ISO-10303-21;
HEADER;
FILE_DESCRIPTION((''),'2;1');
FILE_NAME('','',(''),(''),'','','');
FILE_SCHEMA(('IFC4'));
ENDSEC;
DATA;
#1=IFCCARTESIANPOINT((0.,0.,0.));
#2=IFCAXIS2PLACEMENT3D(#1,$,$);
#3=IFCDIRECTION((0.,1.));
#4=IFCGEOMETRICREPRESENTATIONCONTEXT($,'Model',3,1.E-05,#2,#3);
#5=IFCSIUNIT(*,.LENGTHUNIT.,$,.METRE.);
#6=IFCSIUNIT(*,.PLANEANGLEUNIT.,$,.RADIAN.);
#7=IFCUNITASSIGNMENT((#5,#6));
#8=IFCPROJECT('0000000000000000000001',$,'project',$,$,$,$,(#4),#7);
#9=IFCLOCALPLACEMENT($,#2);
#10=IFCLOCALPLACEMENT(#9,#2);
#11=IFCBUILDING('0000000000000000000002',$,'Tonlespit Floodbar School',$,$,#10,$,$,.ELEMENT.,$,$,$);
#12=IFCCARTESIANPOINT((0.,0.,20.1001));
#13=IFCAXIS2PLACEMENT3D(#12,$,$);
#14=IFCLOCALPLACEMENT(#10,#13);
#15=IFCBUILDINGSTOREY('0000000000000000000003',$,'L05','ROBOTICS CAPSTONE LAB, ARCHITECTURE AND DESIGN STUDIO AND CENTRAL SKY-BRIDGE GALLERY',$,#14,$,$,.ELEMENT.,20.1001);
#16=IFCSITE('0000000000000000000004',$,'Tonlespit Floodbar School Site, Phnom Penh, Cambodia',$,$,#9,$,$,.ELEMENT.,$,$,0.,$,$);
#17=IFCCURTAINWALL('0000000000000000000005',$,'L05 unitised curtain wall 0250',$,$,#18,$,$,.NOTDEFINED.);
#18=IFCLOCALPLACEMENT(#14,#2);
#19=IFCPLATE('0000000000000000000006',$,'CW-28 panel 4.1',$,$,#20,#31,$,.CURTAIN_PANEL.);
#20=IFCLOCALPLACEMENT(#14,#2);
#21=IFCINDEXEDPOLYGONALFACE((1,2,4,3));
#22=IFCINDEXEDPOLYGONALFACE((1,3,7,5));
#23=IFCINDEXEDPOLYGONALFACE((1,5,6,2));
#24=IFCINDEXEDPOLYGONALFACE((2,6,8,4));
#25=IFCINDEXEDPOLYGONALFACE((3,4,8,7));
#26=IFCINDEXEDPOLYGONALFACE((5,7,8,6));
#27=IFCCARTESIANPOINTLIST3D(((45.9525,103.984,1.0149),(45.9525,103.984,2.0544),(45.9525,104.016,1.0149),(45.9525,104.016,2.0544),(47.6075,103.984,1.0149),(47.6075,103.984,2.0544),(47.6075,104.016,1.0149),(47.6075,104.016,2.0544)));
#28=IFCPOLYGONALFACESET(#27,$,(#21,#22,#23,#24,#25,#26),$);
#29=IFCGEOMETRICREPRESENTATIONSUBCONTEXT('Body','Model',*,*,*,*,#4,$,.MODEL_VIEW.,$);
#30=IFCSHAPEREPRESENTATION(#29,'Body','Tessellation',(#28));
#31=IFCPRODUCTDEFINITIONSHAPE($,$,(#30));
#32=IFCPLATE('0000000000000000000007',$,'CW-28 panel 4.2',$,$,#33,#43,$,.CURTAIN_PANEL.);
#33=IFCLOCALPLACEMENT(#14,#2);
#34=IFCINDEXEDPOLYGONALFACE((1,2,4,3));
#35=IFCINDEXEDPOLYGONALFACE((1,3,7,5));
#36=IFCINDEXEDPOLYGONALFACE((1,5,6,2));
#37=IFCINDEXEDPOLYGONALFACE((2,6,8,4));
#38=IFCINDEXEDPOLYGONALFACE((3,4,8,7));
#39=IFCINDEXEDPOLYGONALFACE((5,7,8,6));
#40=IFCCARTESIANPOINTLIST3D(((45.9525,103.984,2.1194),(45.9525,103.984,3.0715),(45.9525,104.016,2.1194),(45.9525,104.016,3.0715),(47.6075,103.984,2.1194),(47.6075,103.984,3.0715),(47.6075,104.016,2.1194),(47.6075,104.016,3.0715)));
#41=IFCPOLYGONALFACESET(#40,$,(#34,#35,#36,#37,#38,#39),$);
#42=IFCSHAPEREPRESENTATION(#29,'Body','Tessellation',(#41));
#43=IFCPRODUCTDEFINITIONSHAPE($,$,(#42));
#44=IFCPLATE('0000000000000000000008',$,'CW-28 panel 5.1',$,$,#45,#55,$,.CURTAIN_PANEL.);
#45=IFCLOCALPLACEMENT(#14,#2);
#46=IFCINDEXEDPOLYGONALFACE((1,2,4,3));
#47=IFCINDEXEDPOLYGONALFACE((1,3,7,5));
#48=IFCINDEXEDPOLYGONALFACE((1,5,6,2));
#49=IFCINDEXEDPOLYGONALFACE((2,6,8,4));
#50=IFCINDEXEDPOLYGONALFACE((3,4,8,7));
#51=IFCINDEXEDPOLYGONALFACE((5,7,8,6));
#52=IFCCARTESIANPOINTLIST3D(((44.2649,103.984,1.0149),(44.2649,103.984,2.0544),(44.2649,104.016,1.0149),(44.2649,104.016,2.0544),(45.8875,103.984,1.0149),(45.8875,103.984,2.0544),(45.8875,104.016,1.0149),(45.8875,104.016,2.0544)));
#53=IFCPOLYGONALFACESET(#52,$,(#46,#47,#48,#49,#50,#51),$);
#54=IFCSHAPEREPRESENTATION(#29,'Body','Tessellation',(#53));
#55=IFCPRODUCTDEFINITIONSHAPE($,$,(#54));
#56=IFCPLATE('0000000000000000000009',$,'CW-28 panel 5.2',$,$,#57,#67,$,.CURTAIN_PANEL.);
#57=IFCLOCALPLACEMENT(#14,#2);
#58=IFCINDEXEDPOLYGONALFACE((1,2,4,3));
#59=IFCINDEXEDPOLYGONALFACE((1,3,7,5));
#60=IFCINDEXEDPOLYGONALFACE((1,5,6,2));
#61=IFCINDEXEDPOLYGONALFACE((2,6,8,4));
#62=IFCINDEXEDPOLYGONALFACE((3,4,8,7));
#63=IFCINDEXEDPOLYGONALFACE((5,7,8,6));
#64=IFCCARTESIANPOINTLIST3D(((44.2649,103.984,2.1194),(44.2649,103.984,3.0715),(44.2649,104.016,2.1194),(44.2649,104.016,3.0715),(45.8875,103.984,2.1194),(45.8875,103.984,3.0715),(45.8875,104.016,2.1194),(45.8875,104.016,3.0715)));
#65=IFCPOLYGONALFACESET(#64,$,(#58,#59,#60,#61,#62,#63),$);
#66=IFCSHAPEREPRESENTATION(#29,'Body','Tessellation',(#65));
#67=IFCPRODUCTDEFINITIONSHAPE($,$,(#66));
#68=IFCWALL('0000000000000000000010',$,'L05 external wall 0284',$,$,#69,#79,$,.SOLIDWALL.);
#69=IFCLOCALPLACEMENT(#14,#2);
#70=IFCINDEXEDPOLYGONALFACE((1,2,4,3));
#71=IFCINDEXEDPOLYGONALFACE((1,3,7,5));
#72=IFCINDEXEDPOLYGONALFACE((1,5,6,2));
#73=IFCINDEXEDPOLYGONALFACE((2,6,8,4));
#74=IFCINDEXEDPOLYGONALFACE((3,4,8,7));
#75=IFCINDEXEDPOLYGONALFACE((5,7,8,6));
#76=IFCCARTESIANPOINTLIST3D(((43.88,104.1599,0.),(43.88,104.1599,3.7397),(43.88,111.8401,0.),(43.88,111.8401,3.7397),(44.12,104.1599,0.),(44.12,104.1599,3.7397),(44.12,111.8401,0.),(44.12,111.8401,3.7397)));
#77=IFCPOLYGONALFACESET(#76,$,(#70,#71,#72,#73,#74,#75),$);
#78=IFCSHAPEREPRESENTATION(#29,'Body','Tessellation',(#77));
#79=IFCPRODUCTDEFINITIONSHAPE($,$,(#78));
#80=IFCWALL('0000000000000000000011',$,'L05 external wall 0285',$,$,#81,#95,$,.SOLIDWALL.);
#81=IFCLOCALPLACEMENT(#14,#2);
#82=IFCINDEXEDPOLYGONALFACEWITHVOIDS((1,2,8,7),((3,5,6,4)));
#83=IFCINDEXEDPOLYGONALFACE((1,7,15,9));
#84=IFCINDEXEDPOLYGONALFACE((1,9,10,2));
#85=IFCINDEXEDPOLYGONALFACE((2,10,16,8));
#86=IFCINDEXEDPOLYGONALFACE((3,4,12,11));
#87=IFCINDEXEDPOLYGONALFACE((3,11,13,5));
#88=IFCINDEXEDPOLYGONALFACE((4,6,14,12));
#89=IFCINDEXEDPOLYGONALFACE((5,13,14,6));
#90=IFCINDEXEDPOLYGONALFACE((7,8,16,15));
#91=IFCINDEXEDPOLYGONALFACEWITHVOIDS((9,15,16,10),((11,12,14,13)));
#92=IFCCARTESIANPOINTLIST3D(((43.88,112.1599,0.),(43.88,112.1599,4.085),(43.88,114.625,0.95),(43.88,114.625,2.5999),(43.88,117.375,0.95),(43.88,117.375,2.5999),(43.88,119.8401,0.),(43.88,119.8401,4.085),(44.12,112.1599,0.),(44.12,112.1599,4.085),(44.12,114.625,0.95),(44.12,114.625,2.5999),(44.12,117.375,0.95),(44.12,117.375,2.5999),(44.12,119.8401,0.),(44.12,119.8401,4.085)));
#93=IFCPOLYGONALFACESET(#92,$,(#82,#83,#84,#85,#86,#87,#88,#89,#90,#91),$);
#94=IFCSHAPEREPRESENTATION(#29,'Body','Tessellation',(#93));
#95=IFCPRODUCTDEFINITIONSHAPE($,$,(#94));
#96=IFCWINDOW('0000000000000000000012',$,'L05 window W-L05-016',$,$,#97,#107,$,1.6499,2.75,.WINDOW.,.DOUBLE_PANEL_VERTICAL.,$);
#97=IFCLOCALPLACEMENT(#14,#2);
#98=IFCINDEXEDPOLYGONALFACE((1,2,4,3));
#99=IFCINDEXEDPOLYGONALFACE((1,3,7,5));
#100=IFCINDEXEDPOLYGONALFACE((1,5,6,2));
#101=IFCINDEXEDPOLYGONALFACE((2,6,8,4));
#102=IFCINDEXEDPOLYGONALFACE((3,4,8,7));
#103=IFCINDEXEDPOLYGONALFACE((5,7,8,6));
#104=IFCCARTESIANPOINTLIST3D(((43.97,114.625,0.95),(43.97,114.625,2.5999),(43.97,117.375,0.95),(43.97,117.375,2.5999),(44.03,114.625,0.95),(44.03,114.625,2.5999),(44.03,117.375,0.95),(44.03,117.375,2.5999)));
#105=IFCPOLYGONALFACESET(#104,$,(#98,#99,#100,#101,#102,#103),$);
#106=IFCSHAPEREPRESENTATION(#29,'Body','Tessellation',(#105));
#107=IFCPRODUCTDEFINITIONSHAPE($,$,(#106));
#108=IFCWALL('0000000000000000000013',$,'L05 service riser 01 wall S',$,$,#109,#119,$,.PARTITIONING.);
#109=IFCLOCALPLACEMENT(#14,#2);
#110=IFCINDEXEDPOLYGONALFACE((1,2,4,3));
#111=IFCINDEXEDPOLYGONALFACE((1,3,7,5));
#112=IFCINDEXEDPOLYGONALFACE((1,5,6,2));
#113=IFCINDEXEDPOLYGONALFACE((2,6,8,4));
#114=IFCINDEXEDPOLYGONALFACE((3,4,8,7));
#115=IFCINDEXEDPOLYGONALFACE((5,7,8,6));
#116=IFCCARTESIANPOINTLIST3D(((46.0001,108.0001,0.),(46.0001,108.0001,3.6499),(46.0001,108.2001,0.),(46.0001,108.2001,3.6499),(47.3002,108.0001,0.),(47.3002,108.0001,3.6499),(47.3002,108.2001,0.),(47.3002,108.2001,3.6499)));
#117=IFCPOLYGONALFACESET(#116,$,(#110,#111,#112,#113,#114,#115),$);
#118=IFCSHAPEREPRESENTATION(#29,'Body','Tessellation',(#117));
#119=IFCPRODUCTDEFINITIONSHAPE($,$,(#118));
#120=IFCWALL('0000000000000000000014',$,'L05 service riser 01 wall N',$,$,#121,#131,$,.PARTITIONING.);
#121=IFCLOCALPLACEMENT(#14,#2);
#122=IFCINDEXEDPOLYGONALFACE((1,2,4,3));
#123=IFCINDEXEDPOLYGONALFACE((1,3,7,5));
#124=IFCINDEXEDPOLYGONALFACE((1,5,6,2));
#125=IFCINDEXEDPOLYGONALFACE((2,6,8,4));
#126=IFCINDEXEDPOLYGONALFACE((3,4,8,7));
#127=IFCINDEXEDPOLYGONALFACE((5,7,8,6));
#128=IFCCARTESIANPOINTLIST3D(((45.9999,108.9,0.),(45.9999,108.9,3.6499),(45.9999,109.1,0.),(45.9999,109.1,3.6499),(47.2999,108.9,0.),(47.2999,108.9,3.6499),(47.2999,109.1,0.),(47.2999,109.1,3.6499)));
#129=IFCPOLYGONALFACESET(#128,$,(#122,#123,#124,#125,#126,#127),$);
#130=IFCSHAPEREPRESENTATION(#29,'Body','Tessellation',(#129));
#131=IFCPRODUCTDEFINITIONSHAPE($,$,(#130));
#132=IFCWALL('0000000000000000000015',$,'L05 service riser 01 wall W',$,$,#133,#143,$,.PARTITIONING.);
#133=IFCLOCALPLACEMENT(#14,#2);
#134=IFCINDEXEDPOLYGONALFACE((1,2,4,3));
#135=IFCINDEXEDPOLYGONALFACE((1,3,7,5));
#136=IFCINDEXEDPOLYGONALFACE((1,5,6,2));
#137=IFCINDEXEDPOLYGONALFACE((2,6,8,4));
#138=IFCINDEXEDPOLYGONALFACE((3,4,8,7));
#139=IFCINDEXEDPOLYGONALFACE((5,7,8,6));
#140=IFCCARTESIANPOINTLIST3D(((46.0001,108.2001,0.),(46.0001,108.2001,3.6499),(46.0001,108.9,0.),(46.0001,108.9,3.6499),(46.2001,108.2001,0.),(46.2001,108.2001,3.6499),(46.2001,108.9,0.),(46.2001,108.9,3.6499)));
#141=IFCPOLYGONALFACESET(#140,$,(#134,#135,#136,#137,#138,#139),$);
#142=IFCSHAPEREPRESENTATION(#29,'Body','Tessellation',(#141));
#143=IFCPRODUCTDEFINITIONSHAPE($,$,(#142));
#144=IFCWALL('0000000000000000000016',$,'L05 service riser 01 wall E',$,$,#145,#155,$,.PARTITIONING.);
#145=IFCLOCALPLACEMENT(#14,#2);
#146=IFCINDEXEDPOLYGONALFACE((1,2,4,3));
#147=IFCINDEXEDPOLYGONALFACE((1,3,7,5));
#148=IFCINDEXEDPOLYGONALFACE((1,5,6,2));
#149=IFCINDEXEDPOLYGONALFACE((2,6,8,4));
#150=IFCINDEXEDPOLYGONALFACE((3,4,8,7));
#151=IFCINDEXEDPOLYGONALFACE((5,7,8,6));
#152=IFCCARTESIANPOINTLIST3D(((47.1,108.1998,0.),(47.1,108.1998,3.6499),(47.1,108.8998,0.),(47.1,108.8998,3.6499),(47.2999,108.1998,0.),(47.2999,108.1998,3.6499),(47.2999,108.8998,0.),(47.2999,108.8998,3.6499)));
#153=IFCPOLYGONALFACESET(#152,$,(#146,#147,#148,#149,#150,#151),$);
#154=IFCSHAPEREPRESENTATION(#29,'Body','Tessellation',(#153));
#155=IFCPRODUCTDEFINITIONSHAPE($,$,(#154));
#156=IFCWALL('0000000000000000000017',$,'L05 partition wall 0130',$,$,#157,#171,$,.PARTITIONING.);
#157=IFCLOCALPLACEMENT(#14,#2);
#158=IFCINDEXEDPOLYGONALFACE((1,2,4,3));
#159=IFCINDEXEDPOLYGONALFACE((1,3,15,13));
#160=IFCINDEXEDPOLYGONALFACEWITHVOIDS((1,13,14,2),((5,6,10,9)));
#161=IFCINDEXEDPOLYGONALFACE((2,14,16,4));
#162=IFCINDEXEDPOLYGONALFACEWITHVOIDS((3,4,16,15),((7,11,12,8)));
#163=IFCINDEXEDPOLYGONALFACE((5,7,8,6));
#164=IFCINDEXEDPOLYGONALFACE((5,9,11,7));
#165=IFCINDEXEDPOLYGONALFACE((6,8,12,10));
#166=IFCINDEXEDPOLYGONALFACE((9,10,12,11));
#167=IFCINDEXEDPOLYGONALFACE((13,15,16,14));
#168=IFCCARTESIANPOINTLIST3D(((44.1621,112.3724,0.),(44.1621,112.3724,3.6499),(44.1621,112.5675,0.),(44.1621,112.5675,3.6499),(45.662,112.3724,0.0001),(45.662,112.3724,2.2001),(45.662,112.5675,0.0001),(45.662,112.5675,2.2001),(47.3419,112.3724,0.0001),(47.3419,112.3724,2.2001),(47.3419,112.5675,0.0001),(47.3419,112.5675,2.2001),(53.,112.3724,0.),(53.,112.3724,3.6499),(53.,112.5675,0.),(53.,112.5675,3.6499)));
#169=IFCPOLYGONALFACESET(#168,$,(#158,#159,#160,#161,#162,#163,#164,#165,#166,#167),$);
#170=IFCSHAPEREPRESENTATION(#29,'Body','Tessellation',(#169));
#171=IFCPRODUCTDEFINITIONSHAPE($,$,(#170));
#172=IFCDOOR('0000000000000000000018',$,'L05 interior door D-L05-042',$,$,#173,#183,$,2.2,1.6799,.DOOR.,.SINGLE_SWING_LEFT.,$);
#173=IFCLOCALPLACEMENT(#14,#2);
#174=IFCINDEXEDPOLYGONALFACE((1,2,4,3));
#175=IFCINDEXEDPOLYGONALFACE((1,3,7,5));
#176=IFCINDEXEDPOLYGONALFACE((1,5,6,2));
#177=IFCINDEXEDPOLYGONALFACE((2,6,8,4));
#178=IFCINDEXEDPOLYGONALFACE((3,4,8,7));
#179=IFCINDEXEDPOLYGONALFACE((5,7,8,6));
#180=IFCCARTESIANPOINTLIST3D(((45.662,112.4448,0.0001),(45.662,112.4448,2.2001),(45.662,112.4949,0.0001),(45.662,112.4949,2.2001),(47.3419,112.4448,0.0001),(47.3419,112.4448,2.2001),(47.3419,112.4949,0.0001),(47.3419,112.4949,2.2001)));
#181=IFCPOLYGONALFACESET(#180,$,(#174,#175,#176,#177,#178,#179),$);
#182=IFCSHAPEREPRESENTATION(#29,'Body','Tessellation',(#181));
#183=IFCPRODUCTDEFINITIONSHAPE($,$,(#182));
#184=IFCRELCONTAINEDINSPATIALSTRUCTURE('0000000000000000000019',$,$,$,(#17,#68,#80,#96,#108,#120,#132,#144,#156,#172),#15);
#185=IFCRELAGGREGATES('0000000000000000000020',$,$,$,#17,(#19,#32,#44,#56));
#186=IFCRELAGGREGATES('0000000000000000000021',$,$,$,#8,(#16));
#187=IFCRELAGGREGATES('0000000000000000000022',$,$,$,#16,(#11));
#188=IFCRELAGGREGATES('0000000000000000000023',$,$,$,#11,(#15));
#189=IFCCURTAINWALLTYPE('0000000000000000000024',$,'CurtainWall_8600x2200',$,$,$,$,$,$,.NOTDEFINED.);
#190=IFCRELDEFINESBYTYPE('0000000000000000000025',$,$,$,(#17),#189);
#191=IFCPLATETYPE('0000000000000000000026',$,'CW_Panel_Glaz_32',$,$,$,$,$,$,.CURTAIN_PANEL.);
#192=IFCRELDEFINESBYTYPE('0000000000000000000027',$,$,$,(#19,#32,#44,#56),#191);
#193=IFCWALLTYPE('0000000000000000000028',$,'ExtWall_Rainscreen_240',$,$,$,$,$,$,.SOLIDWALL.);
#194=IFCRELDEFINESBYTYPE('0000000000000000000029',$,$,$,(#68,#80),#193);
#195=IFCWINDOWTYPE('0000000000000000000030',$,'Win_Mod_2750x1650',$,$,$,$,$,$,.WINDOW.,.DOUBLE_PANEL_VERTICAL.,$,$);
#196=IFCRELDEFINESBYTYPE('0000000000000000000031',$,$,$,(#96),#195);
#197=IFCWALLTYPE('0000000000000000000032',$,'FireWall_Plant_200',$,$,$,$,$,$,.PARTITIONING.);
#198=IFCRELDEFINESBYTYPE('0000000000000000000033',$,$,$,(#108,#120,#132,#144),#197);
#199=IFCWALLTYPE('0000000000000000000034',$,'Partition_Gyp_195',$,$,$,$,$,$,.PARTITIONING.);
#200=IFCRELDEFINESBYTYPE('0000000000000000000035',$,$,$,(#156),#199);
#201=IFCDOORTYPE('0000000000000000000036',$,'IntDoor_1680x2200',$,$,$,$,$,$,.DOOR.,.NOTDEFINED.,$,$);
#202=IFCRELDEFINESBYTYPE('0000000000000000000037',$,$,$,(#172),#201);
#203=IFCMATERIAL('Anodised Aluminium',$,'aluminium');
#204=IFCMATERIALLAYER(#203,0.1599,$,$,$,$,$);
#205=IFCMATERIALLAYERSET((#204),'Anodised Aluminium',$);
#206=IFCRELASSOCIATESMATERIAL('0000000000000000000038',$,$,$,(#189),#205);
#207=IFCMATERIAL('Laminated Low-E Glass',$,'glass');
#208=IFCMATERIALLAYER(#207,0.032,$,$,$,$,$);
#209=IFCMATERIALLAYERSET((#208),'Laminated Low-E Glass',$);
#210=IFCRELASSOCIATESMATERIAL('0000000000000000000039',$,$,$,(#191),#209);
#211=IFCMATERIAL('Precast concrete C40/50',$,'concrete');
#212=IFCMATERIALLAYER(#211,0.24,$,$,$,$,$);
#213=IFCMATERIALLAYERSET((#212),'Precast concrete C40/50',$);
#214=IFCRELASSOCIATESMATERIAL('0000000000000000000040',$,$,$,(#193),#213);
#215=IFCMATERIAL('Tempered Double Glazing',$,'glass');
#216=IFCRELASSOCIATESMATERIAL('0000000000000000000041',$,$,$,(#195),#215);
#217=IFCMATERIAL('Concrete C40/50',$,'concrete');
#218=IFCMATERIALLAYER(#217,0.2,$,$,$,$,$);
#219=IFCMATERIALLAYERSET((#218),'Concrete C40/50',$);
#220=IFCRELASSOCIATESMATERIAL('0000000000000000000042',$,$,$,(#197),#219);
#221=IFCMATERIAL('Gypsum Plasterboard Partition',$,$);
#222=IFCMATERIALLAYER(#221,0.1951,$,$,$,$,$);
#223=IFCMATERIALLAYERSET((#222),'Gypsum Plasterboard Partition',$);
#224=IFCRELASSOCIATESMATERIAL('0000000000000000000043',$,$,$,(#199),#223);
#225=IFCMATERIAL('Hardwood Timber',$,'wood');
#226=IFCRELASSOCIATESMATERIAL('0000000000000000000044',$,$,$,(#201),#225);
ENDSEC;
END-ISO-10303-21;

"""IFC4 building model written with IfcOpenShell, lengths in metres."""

from ifc_helpers import new_model, si_unit, direction, frame, frame_2d, origin, origin_2d, place, context, subcontext, project, spatial, rectangle, extrude, material, layer, layer_set, type_object, element, fill, aggregate, save


model = new_model("IFC4")

# Units and contexts
model_context = context("Model", 3, precision=1e-05, world=origin(), true_north=direction((0.0, 1.0)))
body_context = subcontext(model_context, "Body", "Model", "MODEL_VIEW")
ifc_project = project(units=[si_unit("LENGTHUNIT", "METRE"), si_unit("PLANEANGLEUNIT", "RADIAN")], contexts=[model_context])

# Site, building, storey
site_placement = place(None, origin())
site = spatial("IfcSite", under=ifc_project, at=site_placement, Name="Tonlespit Floodbar School Site, Phnom Penh, Cambodia", CompositionType="ELEMENT", RefElevation=0.0)
building_placement = place(site_placement, origin())
building = spatial("IfcBuilding", under=site, at=building_placement, Name="Tonlespit Floodbar School", CompositionType="ELEMENT")
storey_placement = place(building_placement, frame((0.0, 0.0, 20.1001)))
storey = spatial("IfcBuildingStorey", under=building, at=storey_placement, Name="L05", Description="ROBOTICS CAPSTONE LAB, ARCHITECTURE AND DESIGN STUDIO AND CENTRAL SKY-BRIDGE GALLERY", CompositionType="ELEMENT", Elevation=20.1001)

# Curtain wall
ifc_material_1 = material(Name="Anodised Aluminium", Category="aluminium")
ifc_layer_1 = layer(ifc_material_1, 0.1599)
ifc_layer_set_1 = layer_set([ifc_layer_1], Name="Anodised Aluminium")
curtain_wall_type = type_object("IfcCurtainWallType", Name="CurtainWall_8600x2200", PredefinedType="NOTDEFINED", material=ifc_layer_set_1)
curtain_wall_placement = place(storey_placement, origin())
curtain_wall = element("IfcCurtainWall", 1, at=curtain_wall_placement, inside=storey, type_object=curtain_wall_type, Name="L05 unitised curtain wall 0250", PredefinedType="NOTDEFINED")

# Plates
ifc_material_2 = material(Name="Laminated Low-E Glass", Category="glass")
ifc_layer_2 = layer(ifc_material_2, 0.032)
ifc_layer_set_2 = layer_set([ifc_layer_2], Name="Laminated Low-E Glass")
plate_type = type_object("IfcPlateType", Name="CW_Panel_Glaz_32", PredefinedType="CURTAIN_PANEL", material=ifc_layer_set_2)
plate_1_placement = place(storey_placement, frame((46.78, 104.0, 1.0149), z_axis=(0.0, 0.0, 1.0), x_axis=(-1.0, 0.0, 0.0)))
plate_1 = element("IfcPlate", 2, at=plate_1_placement, type_object=plate_type, Name="CW-28 panel 4.1", PredefinedType="CURTAIN_PANEL", context=body_context, shape_type="SweptSolid", body=[
    extrude(rectangle(XDim=1.655, YDim=0.032, at=origin_2d()), origin(), (0.0, 0.0, 1.0), 1.0396),
])
plate_2_placement = place(storey_placement, frame((46.78, 104.0, 2.1194), z_axis=(0.0, 0.0, 1.0), x_axis=(-1.0, 0.0, 0.0)))
plate_2 = element("IfcPlate", 3, at=plate_2_placement, type_object=plate_type, Name="CW-28 panel 4.2", PredefinedType="CURTAIN_PANEL", context=body_context, shape_type="SweptSolid", body=[
    extrude(rectangle(XDim=1.655, YDim=0.032, at=origin_2d()), origin(), (0.0, 0.0, 1.0), 0.9521),
])
plate_3_placement = place(storey_placement, frame((45.0762, 104.0, 1.0149), z_axis=(0.0, 0.0, 1.0), x_axis=(-1.0, 0.0, 0.0)))
plate_3 = element("IfcPlate", 4, at=plate_3_placement, type_object=plate_type, Name="CW-28 panel 5.1", PredefinedType="CURTAIN_PANEL", context=body_context, shape_type="SweptSolid", body=[
    extrude(rectangle(XDim=1.6226, YDim=0.032, at=origin_2d()), origin(), (0.0, 0.0, 1.0), 1.0396),
])
plate_4_placement = place(storey_placement, frame((45.0762, 104.0, 2.1194), z_axis=(0.0, 0.0, 1.0), x_axis=(-1.0, 0.0, 0.0)))
plate_4 = element("IfcPlate", 5, at=plate_4_placement, type_object=plate_type, Name="CW-28 panel 5.2", PredefinedType="CURTAIN_PANEL", context=body_context, shape_type="SweptSolid", body=[
    extrude(rectangle(XDim=1.6226, YDim=0.032, at=origin_2d()), origin(), (0.0, 0.0, 1.0), 0.9521),
])
aggregate(curtain_wall, [plate_1, plate_2, plate_3, plate_4])

# Wall
ifc_material_3 = material(Name="Precast concrete C40/50", Category="concrete")
ifc_layer_3 = layer(ifc_material_3, 0.24)
ifc_layer_set_3 = layer_set([ifc_layer_3], Name="Precast concrete C40/50")
wall_type_1 = type_object("IfcWallType", Name="ExtWall_Rainscreen_240", PredefinedType="SOLIDWALL", material=ifc_layer_set_3)
wall_1_placement = place(storey_placement, frame((44.0, 104.1599, 0.0), z_axis=(0.0, 0.0, 1.0), x_axis=(0.0, 1.0, 0.0)))
element("IfcWall", 6, at=wall_1_placement, inside=storey, type_object=wall_type_1, Name="L05 external wall 0284", PredefinedType="SOLIDWALL", context=body_context, shape_type="SweptSolid", body=[
    extrude(rectangle(XDim=7.6802, YDim=0.24, at=frame_2d((3.8401, 0.0))), origin(), (0.0, 0.0, 1.0), 3.7397),
])

# Wall, opening, window
wall_2_placement = place(storey_placement, frame((44.0, 112.1599, 0.0), z_axis=(0.0, 0.0, 1.0), x_axis=(0.0, 1.0, 0.0)))
wall_2 = element("IfcWall", 7, at=wall_2_placement, inside=storey, type_object=wall_type_1, Name="L05 external wall 0285", PredefinedType="SOLIDWALL", context=body_context, shape_type="SweptSolid", body=[
    extrude(rectangle(XDim=7.6802, YDim=0.24, at=frame_2d((3.8401, 0.0))), origin(), (0.0, 0.0, 1.0), 4.085),
])
opening_1_placement = place(wall_2_placement, frame((2.4651, 0.0, 0.95)))
opening_1 = element("IfcOpeningElement", 8, at=opening_1_placement, cuts=wall_2, PredefinedType="OPENING", context=body_context, shape_type="SweptSolid", body=[
    extrude(rectangle(XDim=2.75, YDim=1.6499, at=frame_2d((1.375, 0.825))), frame((0.0, 0.1299, 0.0), z_axis=(0.0, -1.0, 0.0), x_axis=(1.0, 0.0, 0.0)), (0.0, 0.0, 1.0), 0.26),
])
ifc_material_4 = material(Name="Tempered Double Glazing", Category="glass")
window_type = type_object("IfcWindowType", Name="Win_Mod_2750x1650", PartitioningType="DOUBLE_PANEL_VERTICAL", PredefinedType="WINDOW", material=ifc_material_4)
window_placement = place(opening_1_placement, origin())
window = element("IfcWindow", 9, at=window_placement, inside=storey, type_object=window_type, Name="L05 window W-L05-016", OverallHeight=1.6499, OverallWidth=2.75, PartitioningType="DOUBLE_PANEL_VERTICAL", PredefinedType="WINDOW", context=body_context, shape_type="SweptSolid", body=[
    extrude(rectangle(XDim=2.75, YDim=1.6499, at=frame_2d((1.375, 0.825))), frame((0.0, 0.03, 0.0), z_axis=(0.0, -1.0, 0.0), x_axis=(1.0, 0.0, 0.0)), (0.0, 0.0, 1.0), 0.0601),
])
fill(opening_1, window)

# Walls
ifc_material_5 = material(Name="Concrete C40/50", Category="concrete")
ifc_layer_4 = layer(ifc_material_5, 0.2)
ifc_layer_set_4 = layer_set([ifc_layer_4], Name="Concrete C40/50")
wall_type_2 = type_object("IfcWallType", Name="FireWall_Plant_200", PredefinedType="PARTITIONING", material=ifc_layer_set_4)
for number, where, z_axis, x_axis, name in (
    (10, (47.3, 108.1001, 0.0), (0.0, 0.0, 1.0), (-1.0, 0.0, 0.0), "L05 service riser 01 wall S"),
    (11, (46.0, 109.0, 0.0), (0.0, 0.0, 1.0), (1.0, 0.0, 0.0), "L05 service riser 01 wall N"),
):
    element("IfcWall", number, at=place(storey_placement, frame(where, z_axis=z_axis, x_axis=x_axis)), inside=storey, type_object=wall_type_2, Name=name, PredefinedType="PARTITIONING", context=body_context, shape_type="SweptSolid", body=[
        extrude(rectangle(XDim=1.3, YDim=0.2, at=frame_2d((0.6499, 0.0))), origin(), (0.0, 0.0, 1.0), 3.6499),
    ])
for number, where, z_axis, x_axis, name in (
    (12, (46.1001, 108.2, 0.0), (0.0, 0.0, 1.0), (0.0, 1.0, 0.0), "L05 service riser 01 wall W"),
    (13, (47.2, 108.8999, 0.0), (0.0, 0.0, 1.0), (0.0, -1.0, 0.0), "L05 service riser 01 wall E"),
):
    element("IfcWall", number, at=place(storey_placement, frame(where, z_axis=z_axis, x_axis=x_axis)), inside=storey, type_object=wall_type_2, Name=name, PredefinedType="PARTITIONING", context=body_context, shape_type="SweptSolid", body=[
        extrude(rectangle(XDim=0.7, YDim=0.2, at=frame_2d((0.3501, 0.0))), origin(), (0.0, 0.0, 1.0), 3.6499),
    ])

# Wall, opening, door
ifc_material_6 = material(Name="Gypsum Plasterboard Partition")
ifc_layer_5 = layer(ifc_material_6, 0.1951)
ifc_layer_set_5 = layer_set([ifc_layer_5], Name="Gypsum Plasterboard Partition")
wall_type_3 = type_object("IfcWallType", Name="Partition_Gyp_195", PredefinedType="PARTITIONING", material=ifc_layer_set_5)
wall_3_placement = place(storey_placement, frame((44.1621, 112.47, 0.0), z_axis=(0.0, 0.0, 1.0), x_axis=(1.0, 0.0, 0.0)))
wall_3 = element("IfcWall", 14, at=wall_3_placement, inside=storey, type_object=wall_type_3, Name="L05 partition wall 0130", PredefinedType="PARTITIONING", context=body_context, shape_type="SweptSolid", body=[
    extrude(rectangle(XDim=8.8379, YDim=0.1951, at=frame_2d((4.4189, 0.0))), origin(), (0.0, 0.0, 1.0), 3.6499),
])
opening_2_placement = place(wall_3_placement, frame((1.5, 0.0, 0.0)))
opening_2 = element("IfcOpeningElement", 15, at=opening_2_placement, cuts=wall_3, PredefinedType="OPENING", context=body_context, shape_type="SweptSolid", body=[
    extrude(rectangle(XDim=1.6799, YDim=2.2, at=frame_2d((0.8398, 1.1001))), frame((0.0, 0.1074, 0.0), z_axis=(0.0, -1.0, 0.0), x_axis=(1.0, 0.0, 0.0)), (0.0, 0.0, 1.0), 0.2151),
])
ifc_material_7 = material(Name="Hardwood Timber", Category="wood")
door_type = type_object("IfcDoorType", Name="IntDoor_1680x2200", OperationType="NOTDEFINED", PredefinedType="DOOR", material=ifc_material_7)
door_placement = place(opening_2_placement, origin())
door = element("IfcDoor", 16, at=door_placement, inside=storey, type_object=door_type, Name="L05 interior door D-L05-042", OperationType="SINGLE_SWING_LEFT", OverallHeight=2.2, OverallWidth=1.6799, PredefinedType="DOOR", context=body_context, shape_type="SweptSolid", body=[
    extrude(rectangle(XDim=1.6799, YDim=2.2, at=frame_2d((0.8398, 1.1001))), frame((0.0, 0.0249, 0.0), z_axis=(0.0, -1.0, 0.0), x_axis=(1.0, 0.0, 0.0)), (0.0, 0.0, 1.0), 0.05),
])
fill(opening_2, door)

save(model, "model.ifc")
